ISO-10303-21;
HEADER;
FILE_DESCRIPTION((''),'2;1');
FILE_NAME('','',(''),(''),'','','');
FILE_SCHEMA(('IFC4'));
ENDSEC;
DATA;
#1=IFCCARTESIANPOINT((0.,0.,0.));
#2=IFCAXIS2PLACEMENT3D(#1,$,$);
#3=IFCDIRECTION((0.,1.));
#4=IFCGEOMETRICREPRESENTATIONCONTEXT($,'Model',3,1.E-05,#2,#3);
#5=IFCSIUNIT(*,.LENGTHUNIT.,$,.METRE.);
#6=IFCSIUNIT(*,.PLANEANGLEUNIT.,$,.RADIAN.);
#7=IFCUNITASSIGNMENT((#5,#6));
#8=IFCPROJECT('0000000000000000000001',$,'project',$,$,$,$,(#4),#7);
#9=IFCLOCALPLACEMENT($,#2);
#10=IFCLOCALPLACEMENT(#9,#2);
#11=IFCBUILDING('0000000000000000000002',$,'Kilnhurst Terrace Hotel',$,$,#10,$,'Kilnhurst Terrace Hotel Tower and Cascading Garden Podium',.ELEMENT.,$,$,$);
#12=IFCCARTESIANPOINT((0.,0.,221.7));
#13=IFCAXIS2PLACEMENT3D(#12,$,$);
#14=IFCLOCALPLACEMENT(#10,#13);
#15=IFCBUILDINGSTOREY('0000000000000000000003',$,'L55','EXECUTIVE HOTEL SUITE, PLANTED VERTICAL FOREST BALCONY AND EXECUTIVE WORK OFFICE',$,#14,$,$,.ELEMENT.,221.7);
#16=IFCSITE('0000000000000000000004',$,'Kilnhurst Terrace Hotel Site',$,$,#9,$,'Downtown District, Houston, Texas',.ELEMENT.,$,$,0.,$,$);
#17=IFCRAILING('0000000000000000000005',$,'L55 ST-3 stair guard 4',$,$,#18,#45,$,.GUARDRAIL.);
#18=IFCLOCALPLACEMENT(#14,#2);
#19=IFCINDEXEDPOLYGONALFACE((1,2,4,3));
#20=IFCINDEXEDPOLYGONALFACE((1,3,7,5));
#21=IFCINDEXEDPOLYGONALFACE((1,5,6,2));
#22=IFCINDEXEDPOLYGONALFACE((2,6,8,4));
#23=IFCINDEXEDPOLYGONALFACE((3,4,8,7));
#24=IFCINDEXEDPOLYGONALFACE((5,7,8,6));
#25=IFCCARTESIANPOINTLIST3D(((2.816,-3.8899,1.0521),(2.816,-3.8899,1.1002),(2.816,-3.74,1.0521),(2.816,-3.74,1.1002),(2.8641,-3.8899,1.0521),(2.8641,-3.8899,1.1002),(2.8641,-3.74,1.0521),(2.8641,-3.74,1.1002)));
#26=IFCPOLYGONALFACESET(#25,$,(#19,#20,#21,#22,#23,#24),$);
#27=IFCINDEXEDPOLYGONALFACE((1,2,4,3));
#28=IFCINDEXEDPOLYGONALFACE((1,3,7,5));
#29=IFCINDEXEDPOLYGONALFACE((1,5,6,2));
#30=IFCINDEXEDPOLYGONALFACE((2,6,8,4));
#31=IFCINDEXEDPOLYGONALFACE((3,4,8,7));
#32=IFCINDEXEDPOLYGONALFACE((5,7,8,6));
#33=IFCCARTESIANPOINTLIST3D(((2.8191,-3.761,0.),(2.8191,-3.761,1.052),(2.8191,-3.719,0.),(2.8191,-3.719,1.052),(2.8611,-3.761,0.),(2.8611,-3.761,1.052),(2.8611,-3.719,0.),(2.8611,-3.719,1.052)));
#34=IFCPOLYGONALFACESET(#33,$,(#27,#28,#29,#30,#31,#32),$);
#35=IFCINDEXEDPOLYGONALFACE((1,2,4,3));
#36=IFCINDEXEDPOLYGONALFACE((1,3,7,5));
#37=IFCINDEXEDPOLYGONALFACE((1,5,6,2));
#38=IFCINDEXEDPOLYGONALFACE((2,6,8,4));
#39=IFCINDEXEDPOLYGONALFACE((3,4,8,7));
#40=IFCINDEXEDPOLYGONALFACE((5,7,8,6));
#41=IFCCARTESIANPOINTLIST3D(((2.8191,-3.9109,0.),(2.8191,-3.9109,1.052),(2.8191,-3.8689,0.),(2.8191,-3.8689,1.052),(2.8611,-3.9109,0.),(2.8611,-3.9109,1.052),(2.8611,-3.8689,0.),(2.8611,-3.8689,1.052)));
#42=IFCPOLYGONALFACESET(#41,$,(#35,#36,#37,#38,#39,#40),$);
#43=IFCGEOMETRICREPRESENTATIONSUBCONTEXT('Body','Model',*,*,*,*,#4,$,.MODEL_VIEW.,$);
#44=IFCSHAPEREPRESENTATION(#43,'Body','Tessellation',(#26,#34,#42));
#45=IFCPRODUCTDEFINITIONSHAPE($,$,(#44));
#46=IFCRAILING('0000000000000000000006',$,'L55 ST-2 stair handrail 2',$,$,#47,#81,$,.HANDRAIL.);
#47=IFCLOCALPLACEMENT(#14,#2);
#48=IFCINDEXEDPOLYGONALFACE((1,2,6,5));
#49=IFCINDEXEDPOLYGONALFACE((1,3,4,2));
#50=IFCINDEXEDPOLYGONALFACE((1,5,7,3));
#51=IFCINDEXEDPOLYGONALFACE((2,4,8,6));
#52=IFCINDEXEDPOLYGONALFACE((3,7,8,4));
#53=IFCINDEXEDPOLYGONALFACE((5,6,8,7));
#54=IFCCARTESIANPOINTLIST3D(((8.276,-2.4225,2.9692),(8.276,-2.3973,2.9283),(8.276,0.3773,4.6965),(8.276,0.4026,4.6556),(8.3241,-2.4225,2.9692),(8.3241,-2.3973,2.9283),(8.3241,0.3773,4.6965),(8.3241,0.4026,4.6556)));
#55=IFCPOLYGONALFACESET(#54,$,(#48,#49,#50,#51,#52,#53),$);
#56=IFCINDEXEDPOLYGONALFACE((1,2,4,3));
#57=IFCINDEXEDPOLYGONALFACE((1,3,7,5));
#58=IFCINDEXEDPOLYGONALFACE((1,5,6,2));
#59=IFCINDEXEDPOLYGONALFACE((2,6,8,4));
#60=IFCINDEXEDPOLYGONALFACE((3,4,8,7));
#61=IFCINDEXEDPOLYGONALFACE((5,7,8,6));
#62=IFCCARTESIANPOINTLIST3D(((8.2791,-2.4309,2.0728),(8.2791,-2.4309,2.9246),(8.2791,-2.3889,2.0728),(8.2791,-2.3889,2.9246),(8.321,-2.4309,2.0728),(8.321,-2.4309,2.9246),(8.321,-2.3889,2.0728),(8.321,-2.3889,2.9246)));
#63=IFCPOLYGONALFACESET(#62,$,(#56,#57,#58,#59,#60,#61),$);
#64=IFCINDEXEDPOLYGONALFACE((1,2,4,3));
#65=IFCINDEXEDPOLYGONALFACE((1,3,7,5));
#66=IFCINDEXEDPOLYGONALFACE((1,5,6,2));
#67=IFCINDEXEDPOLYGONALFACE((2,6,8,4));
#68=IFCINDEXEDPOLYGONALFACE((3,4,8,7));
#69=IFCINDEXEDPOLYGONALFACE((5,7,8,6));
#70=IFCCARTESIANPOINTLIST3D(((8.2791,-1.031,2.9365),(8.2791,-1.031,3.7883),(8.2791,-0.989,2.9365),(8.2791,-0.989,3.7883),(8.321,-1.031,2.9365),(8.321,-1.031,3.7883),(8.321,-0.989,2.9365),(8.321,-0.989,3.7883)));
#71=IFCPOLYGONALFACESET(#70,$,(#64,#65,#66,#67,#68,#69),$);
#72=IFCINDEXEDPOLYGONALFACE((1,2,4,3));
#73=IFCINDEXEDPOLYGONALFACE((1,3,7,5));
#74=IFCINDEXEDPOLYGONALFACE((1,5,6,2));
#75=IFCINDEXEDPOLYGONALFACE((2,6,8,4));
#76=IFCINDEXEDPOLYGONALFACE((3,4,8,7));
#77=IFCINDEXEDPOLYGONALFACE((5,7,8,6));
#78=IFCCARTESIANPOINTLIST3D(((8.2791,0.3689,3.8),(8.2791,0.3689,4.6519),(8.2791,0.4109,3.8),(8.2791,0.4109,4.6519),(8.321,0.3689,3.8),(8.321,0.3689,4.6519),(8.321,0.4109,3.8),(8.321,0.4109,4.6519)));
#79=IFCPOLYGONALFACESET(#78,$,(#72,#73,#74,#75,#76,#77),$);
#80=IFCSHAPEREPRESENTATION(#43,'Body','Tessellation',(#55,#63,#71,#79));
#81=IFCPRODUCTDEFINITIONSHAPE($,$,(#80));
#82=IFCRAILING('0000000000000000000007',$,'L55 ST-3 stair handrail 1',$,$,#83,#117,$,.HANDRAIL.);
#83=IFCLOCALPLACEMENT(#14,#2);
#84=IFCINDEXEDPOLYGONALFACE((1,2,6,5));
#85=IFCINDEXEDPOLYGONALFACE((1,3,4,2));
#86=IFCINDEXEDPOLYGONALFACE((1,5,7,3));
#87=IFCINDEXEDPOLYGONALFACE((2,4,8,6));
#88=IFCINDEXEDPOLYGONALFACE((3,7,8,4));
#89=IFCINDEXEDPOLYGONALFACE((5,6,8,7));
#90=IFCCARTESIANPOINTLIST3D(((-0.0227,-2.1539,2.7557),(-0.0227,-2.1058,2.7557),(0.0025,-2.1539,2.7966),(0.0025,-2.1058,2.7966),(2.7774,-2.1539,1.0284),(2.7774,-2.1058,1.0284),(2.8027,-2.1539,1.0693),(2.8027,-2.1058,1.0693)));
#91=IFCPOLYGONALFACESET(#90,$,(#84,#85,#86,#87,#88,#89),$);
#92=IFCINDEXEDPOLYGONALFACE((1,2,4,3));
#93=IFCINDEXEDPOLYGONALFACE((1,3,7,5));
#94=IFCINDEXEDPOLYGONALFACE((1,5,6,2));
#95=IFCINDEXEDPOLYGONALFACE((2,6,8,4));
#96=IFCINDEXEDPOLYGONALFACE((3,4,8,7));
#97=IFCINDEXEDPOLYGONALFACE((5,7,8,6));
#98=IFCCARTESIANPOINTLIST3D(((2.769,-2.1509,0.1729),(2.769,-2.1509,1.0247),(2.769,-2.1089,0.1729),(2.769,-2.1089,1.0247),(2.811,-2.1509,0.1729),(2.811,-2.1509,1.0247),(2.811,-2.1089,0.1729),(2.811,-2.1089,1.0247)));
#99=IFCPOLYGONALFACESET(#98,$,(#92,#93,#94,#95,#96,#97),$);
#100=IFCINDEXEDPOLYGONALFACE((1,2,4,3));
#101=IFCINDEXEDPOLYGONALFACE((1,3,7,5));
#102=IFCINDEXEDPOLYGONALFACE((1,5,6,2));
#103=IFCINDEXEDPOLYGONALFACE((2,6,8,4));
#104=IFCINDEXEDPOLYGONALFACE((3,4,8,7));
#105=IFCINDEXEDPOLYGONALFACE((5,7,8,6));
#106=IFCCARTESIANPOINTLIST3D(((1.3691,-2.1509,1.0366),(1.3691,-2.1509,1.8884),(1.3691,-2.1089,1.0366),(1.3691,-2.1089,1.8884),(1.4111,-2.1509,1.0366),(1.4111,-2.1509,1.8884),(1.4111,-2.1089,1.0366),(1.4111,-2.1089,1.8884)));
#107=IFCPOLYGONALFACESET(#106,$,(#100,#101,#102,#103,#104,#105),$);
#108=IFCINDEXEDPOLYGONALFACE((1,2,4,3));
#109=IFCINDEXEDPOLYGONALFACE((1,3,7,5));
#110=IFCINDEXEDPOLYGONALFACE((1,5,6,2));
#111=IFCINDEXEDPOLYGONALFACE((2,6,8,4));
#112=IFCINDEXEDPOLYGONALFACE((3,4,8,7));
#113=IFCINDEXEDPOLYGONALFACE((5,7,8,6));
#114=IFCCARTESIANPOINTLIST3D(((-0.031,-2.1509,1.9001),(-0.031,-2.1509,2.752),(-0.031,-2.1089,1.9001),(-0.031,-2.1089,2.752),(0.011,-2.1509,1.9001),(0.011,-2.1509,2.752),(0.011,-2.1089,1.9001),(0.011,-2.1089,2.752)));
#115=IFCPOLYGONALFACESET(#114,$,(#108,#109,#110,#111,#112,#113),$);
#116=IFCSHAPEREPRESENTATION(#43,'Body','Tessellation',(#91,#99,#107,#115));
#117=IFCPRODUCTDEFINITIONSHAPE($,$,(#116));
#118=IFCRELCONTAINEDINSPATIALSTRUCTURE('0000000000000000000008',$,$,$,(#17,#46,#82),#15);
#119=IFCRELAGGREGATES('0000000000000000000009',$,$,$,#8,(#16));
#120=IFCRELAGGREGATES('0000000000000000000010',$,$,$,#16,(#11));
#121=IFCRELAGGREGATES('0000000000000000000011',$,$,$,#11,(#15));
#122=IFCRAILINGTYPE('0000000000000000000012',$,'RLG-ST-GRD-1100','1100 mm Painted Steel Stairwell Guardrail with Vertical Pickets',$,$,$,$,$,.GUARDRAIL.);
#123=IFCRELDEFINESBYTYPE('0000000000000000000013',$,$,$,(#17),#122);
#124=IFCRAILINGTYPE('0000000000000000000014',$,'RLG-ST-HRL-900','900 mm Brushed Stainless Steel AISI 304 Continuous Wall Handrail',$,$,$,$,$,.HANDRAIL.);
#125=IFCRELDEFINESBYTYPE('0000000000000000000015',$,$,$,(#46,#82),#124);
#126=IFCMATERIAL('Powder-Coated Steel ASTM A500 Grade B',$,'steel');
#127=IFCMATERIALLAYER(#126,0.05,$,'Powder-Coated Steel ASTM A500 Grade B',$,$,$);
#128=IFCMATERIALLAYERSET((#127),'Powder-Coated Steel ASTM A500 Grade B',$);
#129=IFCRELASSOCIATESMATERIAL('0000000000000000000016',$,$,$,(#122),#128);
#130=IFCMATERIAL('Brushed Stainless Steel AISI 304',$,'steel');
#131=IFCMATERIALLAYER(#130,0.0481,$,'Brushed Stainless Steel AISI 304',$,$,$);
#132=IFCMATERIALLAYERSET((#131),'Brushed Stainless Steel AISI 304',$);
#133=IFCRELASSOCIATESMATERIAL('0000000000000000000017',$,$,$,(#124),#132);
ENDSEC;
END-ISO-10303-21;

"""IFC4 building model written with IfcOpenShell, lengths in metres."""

from ifc_helpers import new_model, si_unit, direction, frame, origin, origin_2d, place, context, subcontext, project, spatial, rectangle, extrude, material, layer, layer_set, type_object, element, save


model = new_model("IFC4")

# Units and contexts
model_context = context("Model", 3, precision=1e-05, world=origin(), true_north=direction((0.0, 1.0)))
body_context = subcontext(model_context, "Body", "Model", "MODEL_VIEW")
ifc_project = project(units=[si_unit("LENGTHUNIT", "METRE"), si_unit("PLANEANGLEUNIT", "RADIAN")], contexts=[model_context])

# Site, building, storey
site_placement = place(None, origin())
site = spatial("IfcSite", under=ifc_project, at=site_placement, Name="Kilnhurst Terrace Hotel Site", LongName="Downtown District, Houston, Texas", CompositionType="ELEMENT", RefElevation=0.0)
building_placement = place(site_placement, origin())
building = spatial("IfcBuilding", under=site, at=building_placement, Name="Kilnhurst Terrace Hotel", LongName="Kilnhurst Terrace Hotel Tower and Cascading Garden Podium", CompositionType="ELEMENT")
storey_placement = place(building_placement, frame((0.0, 0.0, 221.7)))
storey = spatial("IfcBuildingStorey", under=building, at=storey_placement, Name="L55", Description="EXECUTIVE HOTEL SUITE, PLANTED VERTICAL FOREST BALCONY AND EXECUTIVE WORK OFFICE", CompositionType="ELEMENT", Elevation=221.7)

# Railings
ifc_material_1 = material(Name="Powder-Coated Steel ASTM A500 Grade B", Category="steel")
ifc_layer_1 = layer(ifc_material_1, 0.05, Name="Powder-Coated Steel ASTM A500 Grade B")
ifc_layer_set_1 = layer_set([ifc_layer_1], Name="Powder-Coated Steel ASTM A500 Grade B")
railing_type_1 = type_object("IfcRailingType", Name="RLG-ST-GRD-1100", Description="1100 mm Painted Steel Stairwell Guardrail with Vertical Pickets", PredefinedType="GUARDRAIL", material=ifc_layer_set_1)
railing_1_placement = place(storey_placement, frame((2.8401, -3.74, 0.0)))
element("IfcRailing", 1, at=railing_1_placement, inside=storey, type_object=railing_type_1, Name="L55 ST-3 stair guard 4", PredefinedType="GUARDRAIL", context=body_context, shape_type="SweptSolid", body=[
    extrude(rectangle(XDim=0.0481, YDim=0.0481, at=origin_2d()), frame((0.0, 0.0, 1.0762), z_axis=(0.0, -1.0, 0.0), x_axis=(1.0, 0.0, 0.0)), (0.0, 0.0, 1.0), 0.1499),
    extrude(rectangle(XDim=0.042, YDim=0.042, at=origin_2d()), origin(), (0.0, 0.0, 1.0), 1.052),
    extrude(rectangle(XDim=0.042, YDim=0.042, at=origin_2d()), frame((0.0, -0.1499, 0.0)), (0.0, 0.0, 1.0), 1.052),
])
ifc_material_2 = material(Name="Brushed Stainless Steel AISI 304", Category="steel")
ifc_layer_2 = layer(ifc_material_2, 0.0481, Name="Brushed Stainless Steel AISI 304")
ifc_layer_set_2 = layer_set([ifc_layer_2], Name="Brushed Stainless Steel AISI 304")
railing_type_2 = type_object("IfcRailingType", Name="RLG-ST-HRL-900", Description="900 mm Brushed Stainless Steel AISI 304 Continuous Wall Handrail", PredefinedType="HANDRAIL", material=ifc_layer_set_2)
railing_2_placement = place(storey_placement, frame((8.3, -2.4099, 2.0728)))
element("IfcRailing", 2, at=railing_2_placement, inside=storey, type_object=railing_type_2, Name="L55 ST-2 stair handrail 2", PredefinedType="HANDRAIL", context=body_context, shape_type="SweptSolid", body=[
    extrude(rectangle(XDim=0.0481, YDim=0.0481, at=origin_2d()), frame((0.0, 0.0, 0.876), z_axis=(0.0, 0.851069, 0.525054), x_axis=(-1.0, 0.0, 0.0)), (0.0, 0.0, 1.0), 3.2898),
    extrude(rectangle(XDim=0.042, YDim=0.042, at=origin_2d()), origin(), (0.0, 0.0, 1.0), 0.8518),
    extrude(rectangle(XDim=0.042, YDim=0.042, at=origin_2d()), frame((0.0, 1.3999, 0.8638)), (0.0, 0.0, 1.0), 0.8518),
    extrude(rectangle(XDim=0.042, YDim=0.042, at=origin_2d()), frame((0.0, 2.7998, 1.7273)), (0.0, 0.0, 1.0), 0.8518),
])
railing_3_placement = place(storey_placement, frame((2.79, -2.1299, 0.1729)))
element("IfcRailing", 3, at=railing_3_placement, inside=storey, type_object=railing_type_2, Name="L55 ST-3 stair handrail 1", PredefinedType="HANDRAIL", context=body_context, shape_type="SweptSolid", body=[
    extrude(rectangle(XDim=0.0481, YDim=0.0481, at=origin_2d()), frame((0.0, 0.0, 0.876), z_axis=(-0.85109, 0.0, 0.52502), x_axis=(0.0, -1.0, 0.0)), (0.0, 0.0, 1.0), 3.29),
    extrude(rectangle(XDim=0.042, YDim=0.042, at=origin_2d()), origin(), (0.0, 0.0, 1.0), 0.8518),
    extrude(rectangle(XDim=0.042, YDim=0.042, at=origin_2d()), frame((-1.3999, 0.0, 0.8638)), (0.0, 0.0, 1.0), 0.8518),
    extrude(rectangle(XDim=0.042, YDim=0.042, at=origin_2d()), frame((-2.8, 0.0, 1.7273)), (0.0, 0.0, 1.0), 0.8518),
])

save(model, "model.ifc")
